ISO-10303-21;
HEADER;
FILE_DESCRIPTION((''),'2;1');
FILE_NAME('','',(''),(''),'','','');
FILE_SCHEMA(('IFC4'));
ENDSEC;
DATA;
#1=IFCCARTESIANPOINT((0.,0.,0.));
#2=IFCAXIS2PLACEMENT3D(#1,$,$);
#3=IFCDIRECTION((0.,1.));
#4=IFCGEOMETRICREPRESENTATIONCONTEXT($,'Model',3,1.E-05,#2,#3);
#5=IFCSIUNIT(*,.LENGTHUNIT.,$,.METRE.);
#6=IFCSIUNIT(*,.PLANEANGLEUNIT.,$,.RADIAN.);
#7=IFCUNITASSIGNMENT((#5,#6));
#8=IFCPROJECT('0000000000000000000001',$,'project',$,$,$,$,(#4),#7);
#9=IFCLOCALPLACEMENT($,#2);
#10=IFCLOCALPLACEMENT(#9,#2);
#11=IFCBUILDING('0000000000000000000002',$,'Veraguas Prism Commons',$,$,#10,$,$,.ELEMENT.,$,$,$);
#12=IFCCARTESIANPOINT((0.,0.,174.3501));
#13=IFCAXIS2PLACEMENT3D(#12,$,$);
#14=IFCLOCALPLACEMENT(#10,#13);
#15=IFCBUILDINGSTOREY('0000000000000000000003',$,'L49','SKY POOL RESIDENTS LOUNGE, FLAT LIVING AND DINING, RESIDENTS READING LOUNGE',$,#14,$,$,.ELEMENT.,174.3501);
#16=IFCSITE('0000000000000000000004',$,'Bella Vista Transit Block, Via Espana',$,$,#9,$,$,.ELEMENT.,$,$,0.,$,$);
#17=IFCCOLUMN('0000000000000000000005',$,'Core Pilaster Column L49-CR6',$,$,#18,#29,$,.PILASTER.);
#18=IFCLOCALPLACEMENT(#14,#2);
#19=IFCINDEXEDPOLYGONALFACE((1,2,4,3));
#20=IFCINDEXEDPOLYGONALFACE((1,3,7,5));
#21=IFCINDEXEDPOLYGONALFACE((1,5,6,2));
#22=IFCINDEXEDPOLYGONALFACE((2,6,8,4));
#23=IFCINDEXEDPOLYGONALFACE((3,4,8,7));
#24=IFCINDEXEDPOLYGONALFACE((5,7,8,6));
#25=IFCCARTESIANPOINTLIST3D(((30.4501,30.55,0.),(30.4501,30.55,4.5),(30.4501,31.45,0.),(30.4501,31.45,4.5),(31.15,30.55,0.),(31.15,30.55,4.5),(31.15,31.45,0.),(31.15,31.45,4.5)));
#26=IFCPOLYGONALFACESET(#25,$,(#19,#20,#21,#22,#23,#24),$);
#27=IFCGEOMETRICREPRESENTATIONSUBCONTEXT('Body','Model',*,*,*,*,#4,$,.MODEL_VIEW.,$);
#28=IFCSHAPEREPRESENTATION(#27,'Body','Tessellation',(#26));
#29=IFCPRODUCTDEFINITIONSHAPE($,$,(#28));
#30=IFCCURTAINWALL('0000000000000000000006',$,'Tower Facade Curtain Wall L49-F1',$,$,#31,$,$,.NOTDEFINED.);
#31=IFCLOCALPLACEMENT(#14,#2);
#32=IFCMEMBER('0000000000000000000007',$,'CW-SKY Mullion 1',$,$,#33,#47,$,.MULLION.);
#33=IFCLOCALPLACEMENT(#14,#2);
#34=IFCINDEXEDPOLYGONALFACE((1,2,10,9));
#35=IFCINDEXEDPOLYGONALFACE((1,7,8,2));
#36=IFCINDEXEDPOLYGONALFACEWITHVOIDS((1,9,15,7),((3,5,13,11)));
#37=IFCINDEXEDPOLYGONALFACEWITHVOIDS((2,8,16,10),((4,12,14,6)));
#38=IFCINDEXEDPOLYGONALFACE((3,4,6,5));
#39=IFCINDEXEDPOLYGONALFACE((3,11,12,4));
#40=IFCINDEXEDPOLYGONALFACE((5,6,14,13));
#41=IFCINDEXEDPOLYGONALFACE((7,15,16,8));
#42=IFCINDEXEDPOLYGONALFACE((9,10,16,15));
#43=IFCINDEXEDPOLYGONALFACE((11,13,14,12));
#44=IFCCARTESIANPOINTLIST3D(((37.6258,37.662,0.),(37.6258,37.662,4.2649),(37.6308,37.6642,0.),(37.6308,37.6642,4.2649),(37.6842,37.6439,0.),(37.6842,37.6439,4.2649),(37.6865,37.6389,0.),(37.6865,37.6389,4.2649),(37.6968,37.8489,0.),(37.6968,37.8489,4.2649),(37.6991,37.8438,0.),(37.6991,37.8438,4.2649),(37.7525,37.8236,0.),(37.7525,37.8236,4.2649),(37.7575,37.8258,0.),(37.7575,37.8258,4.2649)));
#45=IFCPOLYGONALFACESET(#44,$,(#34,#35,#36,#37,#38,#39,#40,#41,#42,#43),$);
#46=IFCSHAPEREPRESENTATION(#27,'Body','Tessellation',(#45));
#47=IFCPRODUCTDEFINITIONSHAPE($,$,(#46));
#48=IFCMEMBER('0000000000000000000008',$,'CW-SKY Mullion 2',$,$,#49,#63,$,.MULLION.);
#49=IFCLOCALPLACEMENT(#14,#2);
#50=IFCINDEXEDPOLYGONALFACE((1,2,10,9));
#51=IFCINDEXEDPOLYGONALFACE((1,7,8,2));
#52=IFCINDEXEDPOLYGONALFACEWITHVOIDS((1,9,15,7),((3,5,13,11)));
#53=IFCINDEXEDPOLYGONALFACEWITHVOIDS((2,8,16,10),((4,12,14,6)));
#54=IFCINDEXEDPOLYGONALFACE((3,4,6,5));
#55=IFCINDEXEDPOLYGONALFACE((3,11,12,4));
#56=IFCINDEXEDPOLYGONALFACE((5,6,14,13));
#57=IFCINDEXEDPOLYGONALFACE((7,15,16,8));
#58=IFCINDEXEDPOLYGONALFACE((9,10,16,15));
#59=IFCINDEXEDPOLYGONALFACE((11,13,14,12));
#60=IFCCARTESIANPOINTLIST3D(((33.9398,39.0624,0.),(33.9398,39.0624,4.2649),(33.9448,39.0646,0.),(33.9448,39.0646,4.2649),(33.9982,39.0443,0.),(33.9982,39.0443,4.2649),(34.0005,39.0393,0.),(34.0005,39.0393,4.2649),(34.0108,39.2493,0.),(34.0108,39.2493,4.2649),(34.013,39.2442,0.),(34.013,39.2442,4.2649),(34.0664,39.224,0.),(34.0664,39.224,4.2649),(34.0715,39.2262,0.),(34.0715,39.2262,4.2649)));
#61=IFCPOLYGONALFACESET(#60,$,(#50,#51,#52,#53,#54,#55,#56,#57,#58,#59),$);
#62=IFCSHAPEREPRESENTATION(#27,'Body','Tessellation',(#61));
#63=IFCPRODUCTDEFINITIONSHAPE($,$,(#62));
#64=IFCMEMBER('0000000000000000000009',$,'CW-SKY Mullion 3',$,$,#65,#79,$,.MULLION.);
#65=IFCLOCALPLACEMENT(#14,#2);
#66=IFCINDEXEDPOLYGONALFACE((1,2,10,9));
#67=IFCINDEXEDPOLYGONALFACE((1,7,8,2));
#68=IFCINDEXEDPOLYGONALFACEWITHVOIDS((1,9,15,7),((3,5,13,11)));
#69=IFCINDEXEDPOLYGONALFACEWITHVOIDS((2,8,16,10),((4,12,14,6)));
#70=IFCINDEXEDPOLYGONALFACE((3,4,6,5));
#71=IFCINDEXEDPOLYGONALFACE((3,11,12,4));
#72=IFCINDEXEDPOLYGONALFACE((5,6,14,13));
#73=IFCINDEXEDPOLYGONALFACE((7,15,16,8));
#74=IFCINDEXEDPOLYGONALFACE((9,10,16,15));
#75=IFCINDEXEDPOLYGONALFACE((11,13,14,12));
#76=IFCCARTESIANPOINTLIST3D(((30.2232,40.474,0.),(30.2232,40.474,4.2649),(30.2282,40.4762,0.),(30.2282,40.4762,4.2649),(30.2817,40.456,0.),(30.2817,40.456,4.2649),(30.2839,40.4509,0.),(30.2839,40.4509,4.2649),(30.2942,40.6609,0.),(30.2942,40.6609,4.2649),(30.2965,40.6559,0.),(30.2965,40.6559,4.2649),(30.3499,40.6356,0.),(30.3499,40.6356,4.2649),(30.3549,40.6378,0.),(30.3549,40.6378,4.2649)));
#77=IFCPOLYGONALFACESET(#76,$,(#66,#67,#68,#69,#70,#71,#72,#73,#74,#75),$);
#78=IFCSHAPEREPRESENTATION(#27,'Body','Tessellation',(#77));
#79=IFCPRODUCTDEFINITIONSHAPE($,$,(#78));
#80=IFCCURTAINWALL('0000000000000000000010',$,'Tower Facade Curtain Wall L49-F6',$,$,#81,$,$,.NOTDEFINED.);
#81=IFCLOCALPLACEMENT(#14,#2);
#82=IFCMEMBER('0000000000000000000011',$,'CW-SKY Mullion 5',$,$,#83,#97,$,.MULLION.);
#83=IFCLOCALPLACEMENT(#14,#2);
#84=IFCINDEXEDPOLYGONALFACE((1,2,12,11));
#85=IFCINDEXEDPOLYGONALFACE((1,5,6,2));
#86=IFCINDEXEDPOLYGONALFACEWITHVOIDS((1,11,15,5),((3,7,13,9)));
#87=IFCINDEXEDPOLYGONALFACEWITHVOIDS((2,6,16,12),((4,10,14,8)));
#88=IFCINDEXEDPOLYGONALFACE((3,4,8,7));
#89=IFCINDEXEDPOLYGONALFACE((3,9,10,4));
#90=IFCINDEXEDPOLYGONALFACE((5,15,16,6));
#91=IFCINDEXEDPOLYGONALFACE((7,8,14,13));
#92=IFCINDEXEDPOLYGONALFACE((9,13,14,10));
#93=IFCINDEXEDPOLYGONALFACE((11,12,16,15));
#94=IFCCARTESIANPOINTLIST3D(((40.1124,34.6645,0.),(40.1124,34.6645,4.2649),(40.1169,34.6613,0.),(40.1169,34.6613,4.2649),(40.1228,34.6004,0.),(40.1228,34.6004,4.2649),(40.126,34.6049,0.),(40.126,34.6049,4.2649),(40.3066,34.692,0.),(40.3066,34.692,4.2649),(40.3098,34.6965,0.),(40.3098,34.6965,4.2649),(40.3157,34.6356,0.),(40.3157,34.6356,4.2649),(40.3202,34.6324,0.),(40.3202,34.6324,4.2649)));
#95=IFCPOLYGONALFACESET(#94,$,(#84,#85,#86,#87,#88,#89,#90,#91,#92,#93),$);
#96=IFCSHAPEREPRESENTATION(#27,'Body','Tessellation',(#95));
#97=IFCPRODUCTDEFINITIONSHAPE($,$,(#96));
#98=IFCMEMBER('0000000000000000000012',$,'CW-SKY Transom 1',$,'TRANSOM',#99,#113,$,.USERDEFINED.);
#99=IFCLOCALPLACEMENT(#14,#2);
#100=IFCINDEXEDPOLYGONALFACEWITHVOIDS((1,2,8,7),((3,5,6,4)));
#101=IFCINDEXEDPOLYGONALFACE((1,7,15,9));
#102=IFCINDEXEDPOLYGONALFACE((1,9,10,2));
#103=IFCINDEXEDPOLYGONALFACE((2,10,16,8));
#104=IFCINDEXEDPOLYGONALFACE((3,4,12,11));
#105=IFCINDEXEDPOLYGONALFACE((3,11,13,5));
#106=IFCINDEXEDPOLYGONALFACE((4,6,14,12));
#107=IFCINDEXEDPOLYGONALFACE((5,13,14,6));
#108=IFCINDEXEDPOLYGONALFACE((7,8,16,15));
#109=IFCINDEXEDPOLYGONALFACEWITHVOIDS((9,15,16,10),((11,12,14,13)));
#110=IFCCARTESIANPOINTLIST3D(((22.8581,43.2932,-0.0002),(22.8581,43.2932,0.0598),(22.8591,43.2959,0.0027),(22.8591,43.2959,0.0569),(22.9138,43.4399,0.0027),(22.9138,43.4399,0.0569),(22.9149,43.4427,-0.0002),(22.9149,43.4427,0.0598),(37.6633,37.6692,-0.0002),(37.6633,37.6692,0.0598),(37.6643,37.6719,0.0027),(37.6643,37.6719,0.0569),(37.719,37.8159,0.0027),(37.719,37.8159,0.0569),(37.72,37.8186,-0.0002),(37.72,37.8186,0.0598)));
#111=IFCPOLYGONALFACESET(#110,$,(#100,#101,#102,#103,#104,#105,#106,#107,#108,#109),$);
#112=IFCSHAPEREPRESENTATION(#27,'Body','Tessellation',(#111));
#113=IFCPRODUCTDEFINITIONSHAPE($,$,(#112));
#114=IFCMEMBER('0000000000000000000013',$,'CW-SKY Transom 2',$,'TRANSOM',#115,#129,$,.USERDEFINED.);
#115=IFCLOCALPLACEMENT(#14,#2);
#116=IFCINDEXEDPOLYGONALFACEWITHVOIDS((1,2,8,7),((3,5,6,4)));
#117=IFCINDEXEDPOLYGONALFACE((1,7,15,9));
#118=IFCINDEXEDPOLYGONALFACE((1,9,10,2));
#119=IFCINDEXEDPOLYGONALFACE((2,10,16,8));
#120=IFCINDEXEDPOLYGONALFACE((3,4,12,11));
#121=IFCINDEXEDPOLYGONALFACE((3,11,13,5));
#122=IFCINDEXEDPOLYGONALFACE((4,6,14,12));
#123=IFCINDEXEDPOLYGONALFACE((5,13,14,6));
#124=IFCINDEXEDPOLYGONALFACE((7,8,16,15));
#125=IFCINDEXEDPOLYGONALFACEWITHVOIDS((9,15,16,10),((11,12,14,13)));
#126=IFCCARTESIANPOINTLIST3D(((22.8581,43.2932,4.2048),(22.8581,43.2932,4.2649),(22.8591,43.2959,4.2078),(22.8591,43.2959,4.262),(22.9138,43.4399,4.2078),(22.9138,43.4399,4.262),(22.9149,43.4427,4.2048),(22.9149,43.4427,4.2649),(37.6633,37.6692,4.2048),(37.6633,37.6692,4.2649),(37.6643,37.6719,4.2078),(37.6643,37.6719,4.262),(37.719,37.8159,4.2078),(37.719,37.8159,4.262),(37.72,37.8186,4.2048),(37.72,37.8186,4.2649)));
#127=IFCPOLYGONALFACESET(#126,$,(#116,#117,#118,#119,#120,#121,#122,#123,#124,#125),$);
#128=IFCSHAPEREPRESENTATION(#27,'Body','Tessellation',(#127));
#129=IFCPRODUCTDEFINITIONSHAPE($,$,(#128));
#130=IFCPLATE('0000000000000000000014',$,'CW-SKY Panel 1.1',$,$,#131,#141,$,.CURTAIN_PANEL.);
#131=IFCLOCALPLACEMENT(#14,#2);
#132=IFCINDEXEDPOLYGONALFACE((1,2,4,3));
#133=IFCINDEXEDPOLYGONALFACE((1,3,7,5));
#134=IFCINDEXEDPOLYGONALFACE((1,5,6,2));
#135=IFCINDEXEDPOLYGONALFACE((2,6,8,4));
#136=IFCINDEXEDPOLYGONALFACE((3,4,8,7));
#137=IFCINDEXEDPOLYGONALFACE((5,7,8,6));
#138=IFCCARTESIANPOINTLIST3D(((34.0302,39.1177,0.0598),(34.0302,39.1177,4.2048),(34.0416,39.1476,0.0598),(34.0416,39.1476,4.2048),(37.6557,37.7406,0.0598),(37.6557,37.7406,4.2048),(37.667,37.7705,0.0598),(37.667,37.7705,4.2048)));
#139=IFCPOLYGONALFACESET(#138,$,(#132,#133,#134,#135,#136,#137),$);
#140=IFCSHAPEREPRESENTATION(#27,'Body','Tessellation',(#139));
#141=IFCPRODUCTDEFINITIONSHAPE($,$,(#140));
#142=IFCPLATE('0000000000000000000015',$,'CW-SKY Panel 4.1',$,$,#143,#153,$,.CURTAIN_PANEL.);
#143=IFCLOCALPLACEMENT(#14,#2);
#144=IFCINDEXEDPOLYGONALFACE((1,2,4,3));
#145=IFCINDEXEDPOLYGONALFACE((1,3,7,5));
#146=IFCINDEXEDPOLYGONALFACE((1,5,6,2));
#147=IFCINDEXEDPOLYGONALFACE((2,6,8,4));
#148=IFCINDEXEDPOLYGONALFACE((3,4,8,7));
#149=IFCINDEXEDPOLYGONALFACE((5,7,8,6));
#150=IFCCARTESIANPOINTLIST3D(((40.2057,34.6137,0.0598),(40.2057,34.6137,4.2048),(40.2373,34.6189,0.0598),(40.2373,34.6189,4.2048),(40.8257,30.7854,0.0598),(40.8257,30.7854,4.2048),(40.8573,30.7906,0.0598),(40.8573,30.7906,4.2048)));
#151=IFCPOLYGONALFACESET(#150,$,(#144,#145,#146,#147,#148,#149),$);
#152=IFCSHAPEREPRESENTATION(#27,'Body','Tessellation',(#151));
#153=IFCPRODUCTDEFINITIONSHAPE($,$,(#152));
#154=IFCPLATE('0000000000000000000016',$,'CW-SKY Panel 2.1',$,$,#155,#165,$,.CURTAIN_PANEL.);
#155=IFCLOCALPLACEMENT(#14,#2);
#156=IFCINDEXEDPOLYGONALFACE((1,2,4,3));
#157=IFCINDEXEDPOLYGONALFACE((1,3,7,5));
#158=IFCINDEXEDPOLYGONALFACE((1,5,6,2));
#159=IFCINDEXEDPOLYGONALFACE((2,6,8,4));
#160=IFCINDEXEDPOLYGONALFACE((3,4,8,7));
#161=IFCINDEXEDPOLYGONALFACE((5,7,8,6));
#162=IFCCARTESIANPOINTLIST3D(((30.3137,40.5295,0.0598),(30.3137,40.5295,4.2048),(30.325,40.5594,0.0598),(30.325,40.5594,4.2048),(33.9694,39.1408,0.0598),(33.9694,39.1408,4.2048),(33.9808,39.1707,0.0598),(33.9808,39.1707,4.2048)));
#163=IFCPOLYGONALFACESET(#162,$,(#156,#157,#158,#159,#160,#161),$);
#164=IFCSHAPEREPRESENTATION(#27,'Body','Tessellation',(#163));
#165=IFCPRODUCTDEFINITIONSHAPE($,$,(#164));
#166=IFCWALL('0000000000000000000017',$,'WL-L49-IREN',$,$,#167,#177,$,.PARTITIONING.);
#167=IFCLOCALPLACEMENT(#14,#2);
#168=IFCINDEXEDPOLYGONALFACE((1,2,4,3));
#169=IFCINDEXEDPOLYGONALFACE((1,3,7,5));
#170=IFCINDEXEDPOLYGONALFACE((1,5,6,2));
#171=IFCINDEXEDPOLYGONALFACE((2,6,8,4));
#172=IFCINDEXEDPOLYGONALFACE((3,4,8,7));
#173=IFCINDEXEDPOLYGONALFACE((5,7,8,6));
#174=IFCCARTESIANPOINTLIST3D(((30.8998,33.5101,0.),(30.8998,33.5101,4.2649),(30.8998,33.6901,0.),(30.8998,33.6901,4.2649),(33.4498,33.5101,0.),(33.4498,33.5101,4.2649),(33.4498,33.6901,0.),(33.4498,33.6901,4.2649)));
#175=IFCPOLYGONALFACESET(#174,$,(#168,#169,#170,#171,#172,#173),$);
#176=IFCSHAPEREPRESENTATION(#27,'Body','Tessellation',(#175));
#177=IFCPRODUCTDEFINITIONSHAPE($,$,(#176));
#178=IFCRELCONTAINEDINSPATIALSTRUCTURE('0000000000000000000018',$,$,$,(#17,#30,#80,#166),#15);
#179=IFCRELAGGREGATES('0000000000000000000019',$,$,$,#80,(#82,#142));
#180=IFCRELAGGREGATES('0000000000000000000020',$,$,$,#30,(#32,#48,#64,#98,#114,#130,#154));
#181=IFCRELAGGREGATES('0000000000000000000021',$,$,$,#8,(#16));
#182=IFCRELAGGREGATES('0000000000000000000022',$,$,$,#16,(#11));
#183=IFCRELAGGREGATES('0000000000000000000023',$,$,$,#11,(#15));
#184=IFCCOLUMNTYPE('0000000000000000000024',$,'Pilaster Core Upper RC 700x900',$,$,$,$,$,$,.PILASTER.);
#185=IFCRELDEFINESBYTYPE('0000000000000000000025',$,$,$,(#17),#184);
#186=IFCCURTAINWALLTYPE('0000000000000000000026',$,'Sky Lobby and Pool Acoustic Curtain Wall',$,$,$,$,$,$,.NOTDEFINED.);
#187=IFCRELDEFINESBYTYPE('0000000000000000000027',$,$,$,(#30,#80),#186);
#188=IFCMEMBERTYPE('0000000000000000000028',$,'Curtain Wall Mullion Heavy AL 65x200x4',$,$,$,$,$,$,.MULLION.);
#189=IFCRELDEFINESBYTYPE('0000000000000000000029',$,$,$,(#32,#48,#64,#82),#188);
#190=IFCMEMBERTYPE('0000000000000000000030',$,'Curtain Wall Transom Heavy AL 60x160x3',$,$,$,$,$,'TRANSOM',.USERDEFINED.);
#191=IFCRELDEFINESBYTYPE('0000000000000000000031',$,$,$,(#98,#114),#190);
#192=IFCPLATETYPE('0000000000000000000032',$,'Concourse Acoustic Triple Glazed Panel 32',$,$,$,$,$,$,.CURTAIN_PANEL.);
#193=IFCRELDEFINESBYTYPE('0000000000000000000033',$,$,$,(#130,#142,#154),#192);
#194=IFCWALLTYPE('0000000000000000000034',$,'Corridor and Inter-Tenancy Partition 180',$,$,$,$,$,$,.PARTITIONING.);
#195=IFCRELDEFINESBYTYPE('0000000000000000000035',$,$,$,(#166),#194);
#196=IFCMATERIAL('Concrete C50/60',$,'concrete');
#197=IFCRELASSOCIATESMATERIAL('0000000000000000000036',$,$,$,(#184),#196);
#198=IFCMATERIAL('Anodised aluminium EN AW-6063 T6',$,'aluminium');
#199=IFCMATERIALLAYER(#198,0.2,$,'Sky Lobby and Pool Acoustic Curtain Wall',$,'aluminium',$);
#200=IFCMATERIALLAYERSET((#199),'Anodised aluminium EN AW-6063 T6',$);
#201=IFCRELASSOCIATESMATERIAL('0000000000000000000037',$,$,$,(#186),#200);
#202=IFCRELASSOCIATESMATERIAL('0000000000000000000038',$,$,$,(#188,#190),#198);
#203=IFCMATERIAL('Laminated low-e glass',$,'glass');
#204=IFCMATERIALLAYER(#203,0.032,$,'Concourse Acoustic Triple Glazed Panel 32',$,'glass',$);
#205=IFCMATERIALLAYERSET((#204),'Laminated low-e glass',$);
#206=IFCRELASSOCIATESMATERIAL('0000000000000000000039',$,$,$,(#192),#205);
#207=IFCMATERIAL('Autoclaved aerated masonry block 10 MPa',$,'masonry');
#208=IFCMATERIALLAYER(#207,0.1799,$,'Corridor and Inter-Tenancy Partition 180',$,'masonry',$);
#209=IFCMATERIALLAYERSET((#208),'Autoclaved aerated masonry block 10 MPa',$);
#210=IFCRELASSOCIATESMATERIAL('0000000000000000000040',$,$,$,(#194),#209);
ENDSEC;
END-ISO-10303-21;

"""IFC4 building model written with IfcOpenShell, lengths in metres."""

from ifc_helpers import new_model, si_unit, direction, frame, frame_2d, origin, origin_2d, place, context, subcontext, project, spatial, rectangle, hollow_rectangle, extrude, source, transform, mapped, material, layer, layer_set, material_profile, profile_set, type_object, element, aggregate, save


model = new_model("IFC4")

# Units and contexts
model_context = context("Model", 3, precision=1e-05, world=origin(), true_north=direction((0.0, 1.0)))
body_context = subcontext(model_context, "Body", "Model", "MODEL_VIEW")
ifc_project = project(units=[si_unit("LENGTHUNIT", "METRE"), si_unit("PLANEANGLEUNIT", "RADIAN")], contexts=[model_context])

# Site, building, storey
site_placement = place(None, origin())
site = spatial("IfcSite", under=ifc_project, at=site_placement, Name="Bella Vista Transit Block, Via Espana", CompositionType="ELEMENT", RefElevation=0.0)
building_placement = place(site_placement, origin())
building = spatial("IfcBuilding", under=site, at=building_placement, Name="Veraguas Prism Commons", CompositionType="ELEMENT")
storey_placement = place(building_placement, frame((0.0, 0.0, 174.3501)))
storey = spatial("IfcBuildingStorey", under=building, at=storey_placement, Name="L49", Description="SKY POOL RESIDENTS LOUNGE, FLAT LIVING AND DINING, RESIDENTS READING LOUNGE", CompositionType="ELEMENT", Elevation=174.3501)

# Column
ifc_material_1 = material(Name="Concrete C50/60", Category="concrete")
ifc_material_profile_1 = material_profile(ifc_material_1, rectangle(XDim=0.7, YDim=0.8999, at=origin_2d()), Name="RC700X900")
ifc_profile_set_1 = profile_set([ifc_material_profile_1], Name="Concrete C50/60")
column_type = type_object("IfcColumnType", Name="Pilaster Core Upper RC 700x900", PredefinedType="PILASTER", material=ifc_profile_set_1)
column_placement = place(storey_placement, frame((30.8, 31.0, 0.0), z_axis=(0.0, 0.0, 1.0), x_axis=(1.0, 0.0, 0.0)))
element("IfcColumn", 1, at=column_placement, inside=storey, type_object=column_type, Name="Core Pilaster Column L49-CR6", PredefinedType="PILASTER", context=body_context, shape_type="SweptSolid", body=[
    extrude(rectangle(XDim=0.7, YDim=0.8999, at=origin_2d()), origin(), (0.0, 0.0, 1.0), 4.5),
])

# Curtain wall, members
ifc_material_2 = material(Name="Anodised aluminium EN AW-6063 T6", Category="aluminium")
ifc_layer_1 = layer(ifc_material_2, 0.2, Name="Sky Lobby and Pool Acoustic Curtain Wall", Category="aluminium")
ifc_layer_set_1 = layer_set([ifc_layer_1], Name="Anodised aluminium EN AW-6063 T6")
curtain_wall_type = type_object("IfcCurtainWallType", Name="Sky Lobby and Pool Acoustic Curtain Wall", PredefinedType="NOTDEFINED", material=ifc_layer_set_1)
curtain_wall_1_placement = place(storey_placement, origin())
curtain_wall_1 = element("IfcCurtainWall", 2, at=curtain_wall_1_placement, inside=storey, type_object=curtain_wall_type, Name="Tower Facade Curtain Wall L49-F1", PredefinedType="NOTDEFINED")
ifc_material_profile_2 = material_profile(ifc_material_2, hollow_rectangle(XDim=0.0649, YDim=0.2, WallThickness=0.0039, at=origin_2d()), Name="AL65X200X4")
ifc_profile_set_2 = profile_set([ifc_material_profile_2], Name="Anodised aluminium EN AW-6063 T6")
member_type_1 = type_object("IfcMemberType", Name="Curtain Wall Mullion Heavy AL 65x200x4", PredefinedType="MULLION", material=ifc_profile_set_2)
shared_shape_1 = source(origin(), body_context, "Body", "SweptSolid", [
    extrude(hollow_rectangle(XDim=0.0649, YDim=0.2, WallThickness=0.0039, at=origin_2d()), origin(), (0.0, 0.0, 1.0), 4.2649),
])
member_1_placement = place(storey_placement, frame((37.6917, 37.7439, 0.0), z_axis=(0.0, 0.0, 1.0), x_axis=(-0.934825, 0.355109, 0.0)))
member_1 = element("IfcMember", 3, at=member_1_placement, type_object=member_type_1, Name="CW-SKY Mullion 1", PredefinedType="MULLION", context=body_context, shape_type="MappedRepresentation", body=[
    mapped(shared_shape_1, transform((0.0, 0.0, 0.0), scale=1.0)),
])
member_2_placement = place(storey_placement, frame((34.0056, 39.1443, 0.0), z_axis=(0.0, 0.0, 1.0), x_axis=(-0.934825, 0.355109, 0.0)))
member_2 = element("IfcMember", 4, at=member_2_placement, type_object=member_type_1, Name="CW-SKY Mullion 2", PredefinedType="MULLION", context=body_context, shape_type="MappedRepresentation", body=[
    mapped(shared_shape_1, transform((0.0, 0.0, 0.0), scale=1.0)),
])
member_3_placement = place(storey_placement, frame((30.2891, 40.5559, 0.0), z_axis=(0.0, 0.0, 1.0), x_axis=(-0.934825, 0.355109, 0.0)))
member_3 = element("IfcMember", 5, at=member_3_placement, type_object=member_type_1, Name="CW-SKY Mullion 3", PredefinedType="MULLION", context=body_context, shape_type="MappedRepresentation", body=[
    mapped(shared_shape_1, transform((0.0, 0.0, 0.0), scale=1.0)),
])

# Curtain wall, member
curtain_wall_2_placement = place(storey_placement, origin())
curtain_wall_2 = element("IfcCurtainWall", 6, at=curtain_wall_2_placement, inside=storey, type_object=curtain_wall_type, Name="Tower Facade Curtain Wall L49-F6", PredefinedType="NOTDEFINED")
member_4_placement = place(storey_placement, frame((40.2163, 34.6484, 0.0), z_axis=(0.0, 0.0, 1.0), x_axis=(-0.159874, 0.987137, 0.0)))
member_4 = element("IfcMember", 7, at=member_4_placement, type_object=member_type_1, Name="CW-SKY Mullion 5", PredefinedType="MULLION", context=body_context, shape_type="MappedRepresentation", body=[
    mapped(shared_shape_1, transform((0.0, 0.0, 0.0), scale=1.0)),
])

# Members
ifc_material_profile_3 = material_profile(ifc_material_2, hollow_rectangle(XDim=0.0601, YDim=0.1599, WallThickness=0.0029, at=origin_2d()), Name="AL60X160X3")
ifc_profile_set_3 = profile_set([ifc_material_profile_3], Name="Anodised aluminium EN AW-6063 T6")
member_type_2 = type_object("IfcMemberType", Name="Curtain Wall Transom Heavy AL 60x160x3", ElementType="TRANSOM", PredefinedType="USERDEFINED", material=ifc_profile_set_3)
shared_shape_2 = source(origin(), body_context, "Body", "SweptSolid", [
    extrude(hollow_rectangle(XDim=0.0601, YDim=0.1599, WallThickness=0.0029, at=origin_2d()), origin(), (0.0, 0.0, 1.0), 15.8374),
])
member_5_placement = place(storey_placement, frame((37.6917, 37.7439, 0.0298), z_axis=(-0.934824, 0.355111, 0.0), x_axis=(0.0, 0.0, 1.0)))
member_5 = element("IfcMember", 8, at=member_5_placement, type_object=member_type_2, Name="CW-SKY Transom 1", ObjectType="TRANSOM", PredefinedType="USERDEFINED", context=body_context, shape_type="MappedRepresentation", body=[
    mapped(shared_shape_2, transform((0.0, 0.0, 0.0), scale=1.0)),
])
member_6_placement = place(storey_placement, frame((37.6917, 37.7439, 4.2349), z_axis=(-0.934824, 0.355111, 0.0), x_axis=(0.0, 0.0, 1.0)))
member_6 = element("IfcMember", 9, at=member_6_placement, type_object=member_type_2, Name="CW-SKY Transom 2", ObjectType="TRANSOM", PredefinedType="USERDEFINED", context=body_context, shape_type="MappedRepresentation", body=[
    mapped(shared_shape_2, transform((0.0, 0.0, 0.0), scale=1.0)),
])

# Plates
ifc_material_3 = material(Name="Laminated low-e glass", Category="glass")
ifc_layer_2 = layer(ifc_material_3, 0.032, Name="Concourse Acoustic Triple Glazed Panel 32", Category="glass")
ifc_layer_set_2 = layer_set([ifc_layer_2], Name="Laminated low-e glass")
plate_type = type_object("IfcPlateType", Name="Concourse Acoustic Triple Glazed Panel 32", PredefinedType="CURTAIN_PANEL", material=ifc_layer_set_2)
shared_shape_3 = source(origin(), body_context, "Body", "SweptSolid", [
    extrude(rectangle(XDim=3.8782, YDim=0.032, at=origin_2d()), origin(), (0.0, 0.0, 1.0), 4.145),
])
plate_1_placement = place(storey_placement, frame((35.8486, 38.4441, 0.0598), z_axis=(0.0, 0.0, 1.0), x_axis=(-0.934825, 0.355109, 0.0)))
plate_1 = element("IfcPlate", 10, at=plate_1_placement, type_object=plate_type, Name="CW-SKY Panel 1.1", PredefinedType="CURTAIN_PANEL", context=body_context, shape_type="MappedRepresentation", body=[
    mapped(shared_shape_3, transform((0.0, 0.0, 0.0), scale=1.0)),
])
plate_2_placement = place(storey_placement, frame((40.5315, 32.7021, 0.0598), z_axis=(0.0, 0.0, 1.0), x_axis=(-0.159874, 0.987137, 0.0)))
plate_2 = element("IfcPlate", 11, at=plate_2_placement, type_object=plate_type, Name="CW-SKY Panel 4.1", PredefinedType="CURTAIN_PANEL", context=body_context, shape_type="MappedRepresentation", body=[
    mapped(shared_shape_3, transform((0.0, 0.0, 0.0), scale=1.0)),
])
aggregate(curtain_wall_2, [member_4, plate_2])
shared_shape_4 = source(origin(), body_context, "Body", "SweptSolid", [
    extrude(rectangle(XDim=3.9106, YDim=0.032, at=origin_2d()), origin(), (0.0, 0.0, 1.0), 4.145),
])
plate_3_placement = place(storey_placement, frame((32.1472, 39.8501, 0.0598), z_axis=(0.0, 0.0, 1.0), x_axis=(-0.934825, 0.355109, 0.0)))
plate_3 = element("IfcPlate", 12, at=plate_3_placement, type_object=plate_type, Name="CW-SKY Panel 2.1", PredefinedType="CURTAIN_PANEL", context=body_context, shape_type="MappedRepresentation", body=[
    mapped(shared_shape_4, transform((0.0, 0.0, 0.0), scale=1.0)),
])
aggregate(curtain_wall_1, [member_1, member_2, member_3, member_5, member_6, plate_1, plate_3])

# Wall
ifc_material_4 = material(Name="Autoclaved aerated masonry block 10 MPa", Category="masonry")
ifc_layer_3 = layer(ifc_material_4, 0.1799, Name="Corridor and Inter-Tenancy Partition 180", Category="masonry")
ifc_layer_set_3 = layer_set([ifc_layer_3], Name="Autoclaved aerated masonry block 10 MPa")
wall_type_1 = type_object("IfcWallType", Name="Corridor and Inter-Tenancy Partition 180", PredefinedType="PARTITIONING", material=ifc_layer_set_3)
wall_1_placement = place(storey_placement, frame((30.8999, 33.6001, 0.0), z_axis=(0.0, 0.0, 1.0), x_axis=(1.0, 0.0, 0.0)))
element("IfcWall", 13, at=wall_1_placement, inside=storey, type_object=wall_type_1, Name="WL-L49-IREN", PredefinedType="PARTITIONING", context=body_context, shape_type="SweptSolid", body=[
    extrude(rectangle(XDim=2.55, YDim=0.1799, at=frame_2d((1.2749, 0.0))), origin(), (0.0, 0.0, 1.0), 4.2649),
])

save(model, "model.ifc")
